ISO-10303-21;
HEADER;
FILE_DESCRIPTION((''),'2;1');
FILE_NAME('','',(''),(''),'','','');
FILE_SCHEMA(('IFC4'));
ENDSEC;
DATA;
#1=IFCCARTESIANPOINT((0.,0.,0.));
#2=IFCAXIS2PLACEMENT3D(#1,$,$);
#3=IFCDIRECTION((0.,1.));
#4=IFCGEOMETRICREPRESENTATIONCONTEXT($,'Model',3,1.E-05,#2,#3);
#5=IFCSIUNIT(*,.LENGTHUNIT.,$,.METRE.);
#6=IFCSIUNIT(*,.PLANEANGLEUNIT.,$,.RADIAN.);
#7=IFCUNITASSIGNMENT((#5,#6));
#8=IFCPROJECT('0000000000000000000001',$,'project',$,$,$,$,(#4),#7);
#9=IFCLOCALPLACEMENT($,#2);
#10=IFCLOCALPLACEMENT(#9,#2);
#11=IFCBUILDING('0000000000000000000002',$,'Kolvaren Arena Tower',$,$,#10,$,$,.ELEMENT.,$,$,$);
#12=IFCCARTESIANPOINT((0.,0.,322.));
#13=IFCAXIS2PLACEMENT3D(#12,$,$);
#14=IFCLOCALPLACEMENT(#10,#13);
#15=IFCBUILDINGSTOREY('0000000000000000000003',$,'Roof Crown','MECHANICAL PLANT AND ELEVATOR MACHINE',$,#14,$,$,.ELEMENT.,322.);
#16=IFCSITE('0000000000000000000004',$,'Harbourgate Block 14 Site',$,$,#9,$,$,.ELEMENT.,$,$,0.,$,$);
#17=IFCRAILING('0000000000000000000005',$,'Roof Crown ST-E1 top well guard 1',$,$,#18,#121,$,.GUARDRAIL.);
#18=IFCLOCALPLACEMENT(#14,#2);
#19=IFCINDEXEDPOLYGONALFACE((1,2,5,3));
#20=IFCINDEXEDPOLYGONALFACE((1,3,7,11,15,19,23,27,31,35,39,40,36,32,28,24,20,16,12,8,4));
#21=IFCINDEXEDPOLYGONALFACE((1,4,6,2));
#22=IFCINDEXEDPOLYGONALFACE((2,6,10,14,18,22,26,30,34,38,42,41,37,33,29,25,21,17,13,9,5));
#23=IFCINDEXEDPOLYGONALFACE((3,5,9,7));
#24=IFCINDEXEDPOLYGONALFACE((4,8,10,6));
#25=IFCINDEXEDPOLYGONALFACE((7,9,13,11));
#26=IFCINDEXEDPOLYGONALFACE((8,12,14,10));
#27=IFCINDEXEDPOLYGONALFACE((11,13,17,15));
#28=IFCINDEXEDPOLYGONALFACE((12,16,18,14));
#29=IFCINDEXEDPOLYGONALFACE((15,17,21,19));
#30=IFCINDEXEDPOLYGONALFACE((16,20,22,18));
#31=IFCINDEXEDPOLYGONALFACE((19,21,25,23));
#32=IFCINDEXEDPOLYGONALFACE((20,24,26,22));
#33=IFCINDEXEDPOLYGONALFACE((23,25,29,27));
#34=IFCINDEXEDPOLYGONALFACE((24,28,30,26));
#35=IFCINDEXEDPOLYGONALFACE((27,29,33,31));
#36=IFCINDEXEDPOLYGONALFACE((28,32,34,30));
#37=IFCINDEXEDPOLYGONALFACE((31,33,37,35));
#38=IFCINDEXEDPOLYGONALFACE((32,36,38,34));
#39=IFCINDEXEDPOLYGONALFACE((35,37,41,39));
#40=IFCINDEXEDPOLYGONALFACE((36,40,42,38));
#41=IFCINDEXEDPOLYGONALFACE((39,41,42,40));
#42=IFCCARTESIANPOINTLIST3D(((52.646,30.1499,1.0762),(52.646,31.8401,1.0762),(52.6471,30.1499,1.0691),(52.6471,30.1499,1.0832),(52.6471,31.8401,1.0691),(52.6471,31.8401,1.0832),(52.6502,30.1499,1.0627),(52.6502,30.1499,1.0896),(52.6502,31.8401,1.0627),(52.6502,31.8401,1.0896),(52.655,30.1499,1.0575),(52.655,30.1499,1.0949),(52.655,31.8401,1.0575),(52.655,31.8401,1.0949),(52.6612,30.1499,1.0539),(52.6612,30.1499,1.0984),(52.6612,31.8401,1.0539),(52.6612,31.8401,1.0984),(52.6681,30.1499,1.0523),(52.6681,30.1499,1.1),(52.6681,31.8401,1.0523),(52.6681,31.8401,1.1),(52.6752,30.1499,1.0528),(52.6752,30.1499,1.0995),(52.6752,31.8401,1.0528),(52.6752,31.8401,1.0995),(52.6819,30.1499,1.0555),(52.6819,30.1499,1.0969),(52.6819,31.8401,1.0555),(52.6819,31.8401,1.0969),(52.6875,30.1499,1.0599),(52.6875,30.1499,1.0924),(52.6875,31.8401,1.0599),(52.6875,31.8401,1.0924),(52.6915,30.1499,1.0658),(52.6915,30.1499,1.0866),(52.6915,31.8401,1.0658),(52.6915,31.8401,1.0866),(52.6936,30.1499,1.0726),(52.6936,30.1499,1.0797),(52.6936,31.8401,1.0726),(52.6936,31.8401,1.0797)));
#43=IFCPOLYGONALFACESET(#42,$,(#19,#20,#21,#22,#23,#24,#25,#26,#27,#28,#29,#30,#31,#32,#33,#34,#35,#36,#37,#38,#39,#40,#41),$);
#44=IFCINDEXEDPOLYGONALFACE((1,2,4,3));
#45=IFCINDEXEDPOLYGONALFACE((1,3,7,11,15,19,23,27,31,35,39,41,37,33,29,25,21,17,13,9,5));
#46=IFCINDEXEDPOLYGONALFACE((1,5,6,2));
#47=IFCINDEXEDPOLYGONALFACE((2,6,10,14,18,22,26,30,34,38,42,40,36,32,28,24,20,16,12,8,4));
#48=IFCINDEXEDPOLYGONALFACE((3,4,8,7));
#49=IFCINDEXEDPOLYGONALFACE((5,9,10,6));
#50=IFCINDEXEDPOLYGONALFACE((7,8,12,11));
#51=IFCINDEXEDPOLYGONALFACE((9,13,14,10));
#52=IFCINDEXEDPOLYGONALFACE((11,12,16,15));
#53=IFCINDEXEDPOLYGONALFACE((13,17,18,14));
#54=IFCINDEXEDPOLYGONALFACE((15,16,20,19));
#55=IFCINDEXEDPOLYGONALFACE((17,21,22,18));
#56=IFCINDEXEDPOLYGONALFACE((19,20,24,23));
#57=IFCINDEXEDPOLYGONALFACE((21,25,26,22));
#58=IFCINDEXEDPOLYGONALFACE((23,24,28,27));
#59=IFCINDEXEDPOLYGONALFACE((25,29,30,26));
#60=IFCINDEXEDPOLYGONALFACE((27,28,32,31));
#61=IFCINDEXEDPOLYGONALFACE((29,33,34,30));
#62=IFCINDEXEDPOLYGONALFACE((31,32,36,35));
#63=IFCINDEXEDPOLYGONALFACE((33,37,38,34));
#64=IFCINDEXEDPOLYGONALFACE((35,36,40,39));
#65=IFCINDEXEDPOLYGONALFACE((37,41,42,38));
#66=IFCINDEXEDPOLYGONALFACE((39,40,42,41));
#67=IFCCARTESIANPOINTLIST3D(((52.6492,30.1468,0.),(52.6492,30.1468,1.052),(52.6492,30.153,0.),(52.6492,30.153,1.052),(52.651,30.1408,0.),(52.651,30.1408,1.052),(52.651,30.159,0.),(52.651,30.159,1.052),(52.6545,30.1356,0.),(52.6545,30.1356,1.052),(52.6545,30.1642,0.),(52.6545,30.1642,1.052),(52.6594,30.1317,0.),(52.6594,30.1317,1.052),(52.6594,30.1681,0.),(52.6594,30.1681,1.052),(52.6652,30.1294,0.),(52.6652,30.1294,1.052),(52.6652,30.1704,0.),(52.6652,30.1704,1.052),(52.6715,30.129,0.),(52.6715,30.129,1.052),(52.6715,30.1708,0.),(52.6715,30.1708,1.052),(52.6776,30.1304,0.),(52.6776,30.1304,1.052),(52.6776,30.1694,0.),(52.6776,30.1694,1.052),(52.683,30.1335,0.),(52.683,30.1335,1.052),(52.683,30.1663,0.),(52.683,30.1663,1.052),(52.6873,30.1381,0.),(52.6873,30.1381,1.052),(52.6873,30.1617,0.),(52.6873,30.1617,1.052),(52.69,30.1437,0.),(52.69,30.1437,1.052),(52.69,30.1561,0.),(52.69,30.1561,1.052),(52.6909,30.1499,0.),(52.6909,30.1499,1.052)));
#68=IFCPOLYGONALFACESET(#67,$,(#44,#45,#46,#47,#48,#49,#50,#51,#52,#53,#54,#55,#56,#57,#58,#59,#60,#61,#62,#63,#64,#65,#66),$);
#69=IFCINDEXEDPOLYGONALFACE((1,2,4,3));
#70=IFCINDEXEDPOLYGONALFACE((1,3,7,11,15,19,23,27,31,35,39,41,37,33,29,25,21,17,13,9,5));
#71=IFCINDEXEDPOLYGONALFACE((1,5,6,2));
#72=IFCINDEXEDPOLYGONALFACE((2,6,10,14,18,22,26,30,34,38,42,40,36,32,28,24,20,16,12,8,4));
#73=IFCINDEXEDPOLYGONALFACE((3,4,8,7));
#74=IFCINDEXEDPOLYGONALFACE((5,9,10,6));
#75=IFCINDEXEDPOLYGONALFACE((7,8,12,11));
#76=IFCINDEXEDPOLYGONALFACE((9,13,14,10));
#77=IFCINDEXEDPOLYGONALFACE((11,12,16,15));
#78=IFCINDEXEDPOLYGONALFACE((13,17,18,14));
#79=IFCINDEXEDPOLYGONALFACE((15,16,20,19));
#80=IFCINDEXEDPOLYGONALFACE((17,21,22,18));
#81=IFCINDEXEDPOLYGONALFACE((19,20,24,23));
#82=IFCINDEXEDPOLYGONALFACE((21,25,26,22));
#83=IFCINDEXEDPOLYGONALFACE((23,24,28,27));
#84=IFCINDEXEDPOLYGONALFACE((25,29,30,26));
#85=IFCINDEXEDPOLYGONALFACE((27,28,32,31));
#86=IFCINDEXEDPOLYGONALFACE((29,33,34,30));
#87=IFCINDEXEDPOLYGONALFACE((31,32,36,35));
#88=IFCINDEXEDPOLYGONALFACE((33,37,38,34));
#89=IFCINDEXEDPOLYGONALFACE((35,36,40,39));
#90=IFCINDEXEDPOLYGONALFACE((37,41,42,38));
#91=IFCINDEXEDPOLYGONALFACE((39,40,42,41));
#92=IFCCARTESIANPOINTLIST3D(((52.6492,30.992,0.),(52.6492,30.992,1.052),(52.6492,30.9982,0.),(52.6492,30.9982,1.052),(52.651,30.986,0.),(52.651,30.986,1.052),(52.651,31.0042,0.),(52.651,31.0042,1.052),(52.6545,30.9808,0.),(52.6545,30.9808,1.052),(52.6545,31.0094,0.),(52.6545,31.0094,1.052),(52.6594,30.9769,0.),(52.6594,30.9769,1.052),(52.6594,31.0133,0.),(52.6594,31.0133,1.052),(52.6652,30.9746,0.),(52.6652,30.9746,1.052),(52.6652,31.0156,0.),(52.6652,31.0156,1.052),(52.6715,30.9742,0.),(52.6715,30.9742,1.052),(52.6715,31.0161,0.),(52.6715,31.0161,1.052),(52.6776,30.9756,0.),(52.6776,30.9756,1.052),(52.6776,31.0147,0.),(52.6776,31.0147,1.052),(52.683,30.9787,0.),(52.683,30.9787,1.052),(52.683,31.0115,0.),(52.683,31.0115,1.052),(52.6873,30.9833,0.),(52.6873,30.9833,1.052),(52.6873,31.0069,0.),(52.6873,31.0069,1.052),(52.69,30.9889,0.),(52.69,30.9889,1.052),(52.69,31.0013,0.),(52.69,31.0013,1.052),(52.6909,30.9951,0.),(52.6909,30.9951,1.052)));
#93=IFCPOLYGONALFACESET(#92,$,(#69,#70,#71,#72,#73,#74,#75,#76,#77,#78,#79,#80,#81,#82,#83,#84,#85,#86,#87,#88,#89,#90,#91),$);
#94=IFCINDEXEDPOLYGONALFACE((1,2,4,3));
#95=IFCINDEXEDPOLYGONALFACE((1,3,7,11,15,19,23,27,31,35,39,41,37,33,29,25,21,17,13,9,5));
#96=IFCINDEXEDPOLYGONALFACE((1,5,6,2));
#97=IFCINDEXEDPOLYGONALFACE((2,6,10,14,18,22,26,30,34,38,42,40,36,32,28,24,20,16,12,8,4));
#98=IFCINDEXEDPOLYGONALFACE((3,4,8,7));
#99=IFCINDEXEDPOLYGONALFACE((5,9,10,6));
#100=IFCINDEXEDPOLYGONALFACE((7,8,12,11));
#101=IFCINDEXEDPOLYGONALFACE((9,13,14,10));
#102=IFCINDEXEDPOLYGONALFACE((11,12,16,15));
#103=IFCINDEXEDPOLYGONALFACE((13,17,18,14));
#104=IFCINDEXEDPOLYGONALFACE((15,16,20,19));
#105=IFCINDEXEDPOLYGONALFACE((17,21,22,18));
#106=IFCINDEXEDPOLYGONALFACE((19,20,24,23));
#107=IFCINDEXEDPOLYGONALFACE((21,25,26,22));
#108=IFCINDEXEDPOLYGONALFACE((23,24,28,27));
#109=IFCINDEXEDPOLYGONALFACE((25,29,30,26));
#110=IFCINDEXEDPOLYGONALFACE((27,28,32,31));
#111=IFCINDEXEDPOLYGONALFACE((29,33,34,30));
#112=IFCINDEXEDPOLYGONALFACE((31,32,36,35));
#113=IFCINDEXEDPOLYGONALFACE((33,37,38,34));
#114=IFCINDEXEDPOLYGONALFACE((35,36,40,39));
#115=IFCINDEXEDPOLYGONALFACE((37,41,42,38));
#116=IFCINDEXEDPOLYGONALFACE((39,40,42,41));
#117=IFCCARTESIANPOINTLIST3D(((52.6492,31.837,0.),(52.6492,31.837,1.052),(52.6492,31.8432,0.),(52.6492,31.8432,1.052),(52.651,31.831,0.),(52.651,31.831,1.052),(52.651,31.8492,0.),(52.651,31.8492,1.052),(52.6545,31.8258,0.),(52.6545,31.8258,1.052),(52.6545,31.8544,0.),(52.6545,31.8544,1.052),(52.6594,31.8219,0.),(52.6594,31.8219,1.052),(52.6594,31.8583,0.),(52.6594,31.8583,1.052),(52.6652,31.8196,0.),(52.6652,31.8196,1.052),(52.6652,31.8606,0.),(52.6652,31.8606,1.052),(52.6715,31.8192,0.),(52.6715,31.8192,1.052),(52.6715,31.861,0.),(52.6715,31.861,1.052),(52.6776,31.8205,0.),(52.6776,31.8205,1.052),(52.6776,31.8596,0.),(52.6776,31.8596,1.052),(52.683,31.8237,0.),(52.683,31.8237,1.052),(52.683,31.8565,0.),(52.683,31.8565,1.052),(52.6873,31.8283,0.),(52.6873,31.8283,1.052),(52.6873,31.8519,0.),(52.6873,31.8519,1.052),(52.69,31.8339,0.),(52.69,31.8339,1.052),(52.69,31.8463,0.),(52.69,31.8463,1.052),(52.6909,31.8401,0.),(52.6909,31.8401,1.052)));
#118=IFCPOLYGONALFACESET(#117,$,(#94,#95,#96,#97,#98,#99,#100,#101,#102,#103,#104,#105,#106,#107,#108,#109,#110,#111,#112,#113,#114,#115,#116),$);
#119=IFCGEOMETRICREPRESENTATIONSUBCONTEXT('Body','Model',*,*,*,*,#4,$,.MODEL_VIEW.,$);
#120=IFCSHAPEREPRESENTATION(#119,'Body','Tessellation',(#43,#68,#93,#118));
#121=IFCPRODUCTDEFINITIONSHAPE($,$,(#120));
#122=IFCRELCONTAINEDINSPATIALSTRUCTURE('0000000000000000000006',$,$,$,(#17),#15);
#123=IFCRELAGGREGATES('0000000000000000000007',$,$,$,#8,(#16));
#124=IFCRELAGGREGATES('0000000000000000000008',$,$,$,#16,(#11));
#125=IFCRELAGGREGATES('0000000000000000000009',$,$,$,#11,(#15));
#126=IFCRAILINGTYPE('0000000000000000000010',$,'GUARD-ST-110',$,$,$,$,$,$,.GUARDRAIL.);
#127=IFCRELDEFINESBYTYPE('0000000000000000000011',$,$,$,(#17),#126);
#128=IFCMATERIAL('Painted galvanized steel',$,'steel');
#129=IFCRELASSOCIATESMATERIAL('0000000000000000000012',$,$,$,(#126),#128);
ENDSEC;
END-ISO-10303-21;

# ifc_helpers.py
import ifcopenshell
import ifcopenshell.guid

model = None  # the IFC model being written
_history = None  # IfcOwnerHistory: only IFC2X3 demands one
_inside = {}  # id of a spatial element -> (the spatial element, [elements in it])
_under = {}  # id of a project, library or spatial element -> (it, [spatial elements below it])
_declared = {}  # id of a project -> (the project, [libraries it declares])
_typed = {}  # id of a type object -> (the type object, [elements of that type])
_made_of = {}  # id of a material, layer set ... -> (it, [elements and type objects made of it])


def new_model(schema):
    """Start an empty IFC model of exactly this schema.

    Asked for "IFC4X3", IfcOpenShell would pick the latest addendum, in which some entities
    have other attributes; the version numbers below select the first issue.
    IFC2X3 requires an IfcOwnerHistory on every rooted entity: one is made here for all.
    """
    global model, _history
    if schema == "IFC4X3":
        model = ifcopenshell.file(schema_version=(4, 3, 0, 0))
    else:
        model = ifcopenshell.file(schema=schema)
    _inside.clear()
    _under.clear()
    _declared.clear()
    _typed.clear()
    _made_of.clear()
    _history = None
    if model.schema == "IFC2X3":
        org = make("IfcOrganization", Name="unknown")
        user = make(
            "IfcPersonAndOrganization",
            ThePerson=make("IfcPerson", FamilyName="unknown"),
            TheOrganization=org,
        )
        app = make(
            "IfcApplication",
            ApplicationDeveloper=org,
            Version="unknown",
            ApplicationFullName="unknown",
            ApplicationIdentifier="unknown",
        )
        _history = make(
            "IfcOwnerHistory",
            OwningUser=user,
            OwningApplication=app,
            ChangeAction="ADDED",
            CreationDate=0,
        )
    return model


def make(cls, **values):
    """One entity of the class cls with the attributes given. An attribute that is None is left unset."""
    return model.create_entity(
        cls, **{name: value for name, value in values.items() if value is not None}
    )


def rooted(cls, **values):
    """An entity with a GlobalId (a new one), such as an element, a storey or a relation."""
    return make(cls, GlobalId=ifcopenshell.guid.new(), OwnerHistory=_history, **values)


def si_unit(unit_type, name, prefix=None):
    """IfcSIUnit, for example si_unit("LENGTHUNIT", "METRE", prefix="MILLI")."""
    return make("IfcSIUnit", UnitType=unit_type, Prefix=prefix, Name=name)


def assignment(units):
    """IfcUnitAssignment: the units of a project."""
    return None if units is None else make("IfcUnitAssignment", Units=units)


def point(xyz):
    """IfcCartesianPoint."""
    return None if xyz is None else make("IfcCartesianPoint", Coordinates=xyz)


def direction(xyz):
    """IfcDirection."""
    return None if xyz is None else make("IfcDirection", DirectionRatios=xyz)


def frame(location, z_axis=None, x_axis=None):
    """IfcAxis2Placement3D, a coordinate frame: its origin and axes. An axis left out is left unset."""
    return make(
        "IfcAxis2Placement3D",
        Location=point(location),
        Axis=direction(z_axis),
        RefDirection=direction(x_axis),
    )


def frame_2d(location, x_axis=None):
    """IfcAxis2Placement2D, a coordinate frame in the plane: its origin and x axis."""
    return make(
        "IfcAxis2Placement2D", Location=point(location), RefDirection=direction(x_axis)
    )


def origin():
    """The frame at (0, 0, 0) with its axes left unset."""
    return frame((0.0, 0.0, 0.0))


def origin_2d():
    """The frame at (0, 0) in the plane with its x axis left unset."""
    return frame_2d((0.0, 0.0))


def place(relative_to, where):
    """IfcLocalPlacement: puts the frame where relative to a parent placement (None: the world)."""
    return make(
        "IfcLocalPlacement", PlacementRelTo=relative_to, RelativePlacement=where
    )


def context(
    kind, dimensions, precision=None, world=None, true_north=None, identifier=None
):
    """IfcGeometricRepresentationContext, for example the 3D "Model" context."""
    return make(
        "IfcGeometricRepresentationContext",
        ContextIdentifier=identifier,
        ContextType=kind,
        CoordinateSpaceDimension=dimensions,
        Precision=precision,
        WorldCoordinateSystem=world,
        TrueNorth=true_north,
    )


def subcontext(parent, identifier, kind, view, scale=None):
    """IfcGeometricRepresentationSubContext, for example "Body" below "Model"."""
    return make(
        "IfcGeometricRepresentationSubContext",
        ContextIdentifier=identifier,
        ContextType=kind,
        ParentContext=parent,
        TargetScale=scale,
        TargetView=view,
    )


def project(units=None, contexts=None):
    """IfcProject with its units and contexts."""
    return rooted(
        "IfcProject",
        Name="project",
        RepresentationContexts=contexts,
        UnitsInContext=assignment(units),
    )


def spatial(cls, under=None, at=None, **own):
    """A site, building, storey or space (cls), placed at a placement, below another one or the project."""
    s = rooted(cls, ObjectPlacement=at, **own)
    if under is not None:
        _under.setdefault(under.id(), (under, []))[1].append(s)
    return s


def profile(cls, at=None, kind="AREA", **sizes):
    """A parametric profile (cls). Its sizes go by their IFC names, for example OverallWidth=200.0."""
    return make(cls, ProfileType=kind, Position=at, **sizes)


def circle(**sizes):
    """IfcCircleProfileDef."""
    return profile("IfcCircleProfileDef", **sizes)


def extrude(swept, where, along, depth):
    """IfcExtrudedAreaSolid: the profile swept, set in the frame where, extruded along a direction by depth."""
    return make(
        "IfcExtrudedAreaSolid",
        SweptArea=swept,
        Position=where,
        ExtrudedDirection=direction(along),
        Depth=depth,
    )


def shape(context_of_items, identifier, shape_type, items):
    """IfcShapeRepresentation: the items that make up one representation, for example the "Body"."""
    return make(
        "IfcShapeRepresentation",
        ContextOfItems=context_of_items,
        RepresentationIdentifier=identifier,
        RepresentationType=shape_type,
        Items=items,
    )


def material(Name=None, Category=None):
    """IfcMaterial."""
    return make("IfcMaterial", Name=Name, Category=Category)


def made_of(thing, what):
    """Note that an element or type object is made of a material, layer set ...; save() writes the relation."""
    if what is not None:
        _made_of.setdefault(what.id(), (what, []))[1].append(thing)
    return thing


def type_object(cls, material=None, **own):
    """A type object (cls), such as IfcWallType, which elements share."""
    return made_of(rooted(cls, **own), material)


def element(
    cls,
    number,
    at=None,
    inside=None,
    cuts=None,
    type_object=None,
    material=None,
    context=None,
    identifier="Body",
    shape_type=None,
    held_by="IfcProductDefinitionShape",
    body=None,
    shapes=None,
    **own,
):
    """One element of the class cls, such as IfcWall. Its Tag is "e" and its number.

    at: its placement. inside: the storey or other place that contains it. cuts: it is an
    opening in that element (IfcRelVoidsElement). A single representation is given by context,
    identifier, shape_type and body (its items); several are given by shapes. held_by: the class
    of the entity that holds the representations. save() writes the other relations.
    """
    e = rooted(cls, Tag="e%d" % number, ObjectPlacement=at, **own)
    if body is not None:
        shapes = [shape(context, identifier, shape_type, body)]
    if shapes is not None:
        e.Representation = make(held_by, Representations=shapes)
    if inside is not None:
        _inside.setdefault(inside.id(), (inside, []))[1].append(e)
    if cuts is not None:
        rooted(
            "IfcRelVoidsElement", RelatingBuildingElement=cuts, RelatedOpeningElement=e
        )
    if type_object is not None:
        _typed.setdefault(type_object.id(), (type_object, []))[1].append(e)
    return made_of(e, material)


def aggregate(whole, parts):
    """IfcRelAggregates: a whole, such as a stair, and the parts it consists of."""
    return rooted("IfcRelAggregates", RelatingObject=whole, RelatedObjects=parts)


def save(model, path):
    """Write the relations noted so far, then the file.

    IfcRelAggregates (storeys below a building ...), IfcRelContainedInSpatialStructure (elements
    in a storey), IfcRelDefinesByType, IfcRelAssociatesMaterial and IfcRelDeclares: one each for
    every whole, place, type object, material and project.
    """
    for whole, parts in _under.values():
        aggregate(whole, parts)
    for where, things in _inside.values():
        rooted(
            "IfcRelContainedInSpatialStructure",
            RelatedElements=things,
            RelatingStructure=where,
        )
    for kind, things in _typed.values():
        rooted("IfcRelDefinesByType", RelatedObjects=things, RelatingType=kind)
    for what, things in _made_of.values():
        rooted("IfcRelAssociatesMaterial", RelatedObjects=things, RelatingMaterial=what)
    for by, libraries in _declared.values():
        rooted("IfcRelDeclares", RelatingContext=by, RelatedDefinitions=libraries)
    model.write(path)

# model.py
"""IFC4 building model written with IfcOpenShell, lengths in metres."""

from ifc_helpers import new_model, si_unit, direction, frame, origin, origin_2d, place, context, subcontext, project, spatial, circle, extrude, material, type_object, element, save


model = new_model("IFC4")

# Units and contexts
model_context = context("Model", 3, precision=1e-05, world=origin(), true_north=direction((0.0, 1.0)))
body_context = subcontext(model_context, "Body", "Model", "MODEL_VIEW")
ifc_project = project(units=[si_unit("LENGTHUNIT", "METRE"), si_unit("PLANEANGLEUNIT", "RADIAN")], contexts=[model_context])

# Site, building, storey
site_placement = place(None, origin())
site = spatial("IfcSite", under=ifc_project, at=site_placement, Name="Harbourgate Block 14 Site", CompositionType="ELEMENT", RefElevation=0.0)
building_placement = place(site_placement, origin())
building = spatial("IfcBuilding", under=site, at=building_placement, Name="Kolvaren Arena Tower", CompositionType="ELEMENT")
storey_placement = place(building_placement, frame((0.0, 0.0, 322.0)))
storey = spatial("IfcBuildingStorey", under=building, at=storey_placement, Name="Roof Crown", Description="MECHANICAL PLANT AND ELEVATOR MACHINE", CompositionType="ELEMENT", Elevation=322.0)

# Railing
ifc_material_1 = material(Name="Painted galvanized steel", Category="steel")
railing_type = type_object("IfcRailingType", Name="GUARD-ST-110", PredefinedType="GUARDRAIL", material=ifc_material_1)
railing_1_placement = place(storey_placement, frame((52.6699, 30.1499, 0.0)))
element("IfcRailing", 1, at=railing_1_placement, inside=storey, type_object=railing_type, Name="Roof Crown ST-E1 top well guard 1", PredefinedType="GUARDRAIL", context=body_context, shape_type="SweptSolid", body=[
    extrude(circle(Radius=0.0239, at=origin_2d()), frame((0.0, 0.0, 1.0762), z_axis=(0.0, 1.0, 0.0), x_axis=(-1.0, 0.0, 0.0)), (0.0, 0.0, 1.0), 1.6902),
    extrude(circle(Radius=0.021, at=origin_2d()), origin(), (0.0, 0.0, 1.0), 1.052),
    extrude(circle(Radius=0.021, at=origin_2d()), frame((0.0, 0.8452, 0.0)), (0.0, 0.0, 1.0), 1.052),
    extrude(circle(Radius=0.021, at=origin_2d()), frame((0.0, 1.6902, 0.0)), (0.0, 0.0, 1.0), 1.052),
])

save(model, "model.ifc")
